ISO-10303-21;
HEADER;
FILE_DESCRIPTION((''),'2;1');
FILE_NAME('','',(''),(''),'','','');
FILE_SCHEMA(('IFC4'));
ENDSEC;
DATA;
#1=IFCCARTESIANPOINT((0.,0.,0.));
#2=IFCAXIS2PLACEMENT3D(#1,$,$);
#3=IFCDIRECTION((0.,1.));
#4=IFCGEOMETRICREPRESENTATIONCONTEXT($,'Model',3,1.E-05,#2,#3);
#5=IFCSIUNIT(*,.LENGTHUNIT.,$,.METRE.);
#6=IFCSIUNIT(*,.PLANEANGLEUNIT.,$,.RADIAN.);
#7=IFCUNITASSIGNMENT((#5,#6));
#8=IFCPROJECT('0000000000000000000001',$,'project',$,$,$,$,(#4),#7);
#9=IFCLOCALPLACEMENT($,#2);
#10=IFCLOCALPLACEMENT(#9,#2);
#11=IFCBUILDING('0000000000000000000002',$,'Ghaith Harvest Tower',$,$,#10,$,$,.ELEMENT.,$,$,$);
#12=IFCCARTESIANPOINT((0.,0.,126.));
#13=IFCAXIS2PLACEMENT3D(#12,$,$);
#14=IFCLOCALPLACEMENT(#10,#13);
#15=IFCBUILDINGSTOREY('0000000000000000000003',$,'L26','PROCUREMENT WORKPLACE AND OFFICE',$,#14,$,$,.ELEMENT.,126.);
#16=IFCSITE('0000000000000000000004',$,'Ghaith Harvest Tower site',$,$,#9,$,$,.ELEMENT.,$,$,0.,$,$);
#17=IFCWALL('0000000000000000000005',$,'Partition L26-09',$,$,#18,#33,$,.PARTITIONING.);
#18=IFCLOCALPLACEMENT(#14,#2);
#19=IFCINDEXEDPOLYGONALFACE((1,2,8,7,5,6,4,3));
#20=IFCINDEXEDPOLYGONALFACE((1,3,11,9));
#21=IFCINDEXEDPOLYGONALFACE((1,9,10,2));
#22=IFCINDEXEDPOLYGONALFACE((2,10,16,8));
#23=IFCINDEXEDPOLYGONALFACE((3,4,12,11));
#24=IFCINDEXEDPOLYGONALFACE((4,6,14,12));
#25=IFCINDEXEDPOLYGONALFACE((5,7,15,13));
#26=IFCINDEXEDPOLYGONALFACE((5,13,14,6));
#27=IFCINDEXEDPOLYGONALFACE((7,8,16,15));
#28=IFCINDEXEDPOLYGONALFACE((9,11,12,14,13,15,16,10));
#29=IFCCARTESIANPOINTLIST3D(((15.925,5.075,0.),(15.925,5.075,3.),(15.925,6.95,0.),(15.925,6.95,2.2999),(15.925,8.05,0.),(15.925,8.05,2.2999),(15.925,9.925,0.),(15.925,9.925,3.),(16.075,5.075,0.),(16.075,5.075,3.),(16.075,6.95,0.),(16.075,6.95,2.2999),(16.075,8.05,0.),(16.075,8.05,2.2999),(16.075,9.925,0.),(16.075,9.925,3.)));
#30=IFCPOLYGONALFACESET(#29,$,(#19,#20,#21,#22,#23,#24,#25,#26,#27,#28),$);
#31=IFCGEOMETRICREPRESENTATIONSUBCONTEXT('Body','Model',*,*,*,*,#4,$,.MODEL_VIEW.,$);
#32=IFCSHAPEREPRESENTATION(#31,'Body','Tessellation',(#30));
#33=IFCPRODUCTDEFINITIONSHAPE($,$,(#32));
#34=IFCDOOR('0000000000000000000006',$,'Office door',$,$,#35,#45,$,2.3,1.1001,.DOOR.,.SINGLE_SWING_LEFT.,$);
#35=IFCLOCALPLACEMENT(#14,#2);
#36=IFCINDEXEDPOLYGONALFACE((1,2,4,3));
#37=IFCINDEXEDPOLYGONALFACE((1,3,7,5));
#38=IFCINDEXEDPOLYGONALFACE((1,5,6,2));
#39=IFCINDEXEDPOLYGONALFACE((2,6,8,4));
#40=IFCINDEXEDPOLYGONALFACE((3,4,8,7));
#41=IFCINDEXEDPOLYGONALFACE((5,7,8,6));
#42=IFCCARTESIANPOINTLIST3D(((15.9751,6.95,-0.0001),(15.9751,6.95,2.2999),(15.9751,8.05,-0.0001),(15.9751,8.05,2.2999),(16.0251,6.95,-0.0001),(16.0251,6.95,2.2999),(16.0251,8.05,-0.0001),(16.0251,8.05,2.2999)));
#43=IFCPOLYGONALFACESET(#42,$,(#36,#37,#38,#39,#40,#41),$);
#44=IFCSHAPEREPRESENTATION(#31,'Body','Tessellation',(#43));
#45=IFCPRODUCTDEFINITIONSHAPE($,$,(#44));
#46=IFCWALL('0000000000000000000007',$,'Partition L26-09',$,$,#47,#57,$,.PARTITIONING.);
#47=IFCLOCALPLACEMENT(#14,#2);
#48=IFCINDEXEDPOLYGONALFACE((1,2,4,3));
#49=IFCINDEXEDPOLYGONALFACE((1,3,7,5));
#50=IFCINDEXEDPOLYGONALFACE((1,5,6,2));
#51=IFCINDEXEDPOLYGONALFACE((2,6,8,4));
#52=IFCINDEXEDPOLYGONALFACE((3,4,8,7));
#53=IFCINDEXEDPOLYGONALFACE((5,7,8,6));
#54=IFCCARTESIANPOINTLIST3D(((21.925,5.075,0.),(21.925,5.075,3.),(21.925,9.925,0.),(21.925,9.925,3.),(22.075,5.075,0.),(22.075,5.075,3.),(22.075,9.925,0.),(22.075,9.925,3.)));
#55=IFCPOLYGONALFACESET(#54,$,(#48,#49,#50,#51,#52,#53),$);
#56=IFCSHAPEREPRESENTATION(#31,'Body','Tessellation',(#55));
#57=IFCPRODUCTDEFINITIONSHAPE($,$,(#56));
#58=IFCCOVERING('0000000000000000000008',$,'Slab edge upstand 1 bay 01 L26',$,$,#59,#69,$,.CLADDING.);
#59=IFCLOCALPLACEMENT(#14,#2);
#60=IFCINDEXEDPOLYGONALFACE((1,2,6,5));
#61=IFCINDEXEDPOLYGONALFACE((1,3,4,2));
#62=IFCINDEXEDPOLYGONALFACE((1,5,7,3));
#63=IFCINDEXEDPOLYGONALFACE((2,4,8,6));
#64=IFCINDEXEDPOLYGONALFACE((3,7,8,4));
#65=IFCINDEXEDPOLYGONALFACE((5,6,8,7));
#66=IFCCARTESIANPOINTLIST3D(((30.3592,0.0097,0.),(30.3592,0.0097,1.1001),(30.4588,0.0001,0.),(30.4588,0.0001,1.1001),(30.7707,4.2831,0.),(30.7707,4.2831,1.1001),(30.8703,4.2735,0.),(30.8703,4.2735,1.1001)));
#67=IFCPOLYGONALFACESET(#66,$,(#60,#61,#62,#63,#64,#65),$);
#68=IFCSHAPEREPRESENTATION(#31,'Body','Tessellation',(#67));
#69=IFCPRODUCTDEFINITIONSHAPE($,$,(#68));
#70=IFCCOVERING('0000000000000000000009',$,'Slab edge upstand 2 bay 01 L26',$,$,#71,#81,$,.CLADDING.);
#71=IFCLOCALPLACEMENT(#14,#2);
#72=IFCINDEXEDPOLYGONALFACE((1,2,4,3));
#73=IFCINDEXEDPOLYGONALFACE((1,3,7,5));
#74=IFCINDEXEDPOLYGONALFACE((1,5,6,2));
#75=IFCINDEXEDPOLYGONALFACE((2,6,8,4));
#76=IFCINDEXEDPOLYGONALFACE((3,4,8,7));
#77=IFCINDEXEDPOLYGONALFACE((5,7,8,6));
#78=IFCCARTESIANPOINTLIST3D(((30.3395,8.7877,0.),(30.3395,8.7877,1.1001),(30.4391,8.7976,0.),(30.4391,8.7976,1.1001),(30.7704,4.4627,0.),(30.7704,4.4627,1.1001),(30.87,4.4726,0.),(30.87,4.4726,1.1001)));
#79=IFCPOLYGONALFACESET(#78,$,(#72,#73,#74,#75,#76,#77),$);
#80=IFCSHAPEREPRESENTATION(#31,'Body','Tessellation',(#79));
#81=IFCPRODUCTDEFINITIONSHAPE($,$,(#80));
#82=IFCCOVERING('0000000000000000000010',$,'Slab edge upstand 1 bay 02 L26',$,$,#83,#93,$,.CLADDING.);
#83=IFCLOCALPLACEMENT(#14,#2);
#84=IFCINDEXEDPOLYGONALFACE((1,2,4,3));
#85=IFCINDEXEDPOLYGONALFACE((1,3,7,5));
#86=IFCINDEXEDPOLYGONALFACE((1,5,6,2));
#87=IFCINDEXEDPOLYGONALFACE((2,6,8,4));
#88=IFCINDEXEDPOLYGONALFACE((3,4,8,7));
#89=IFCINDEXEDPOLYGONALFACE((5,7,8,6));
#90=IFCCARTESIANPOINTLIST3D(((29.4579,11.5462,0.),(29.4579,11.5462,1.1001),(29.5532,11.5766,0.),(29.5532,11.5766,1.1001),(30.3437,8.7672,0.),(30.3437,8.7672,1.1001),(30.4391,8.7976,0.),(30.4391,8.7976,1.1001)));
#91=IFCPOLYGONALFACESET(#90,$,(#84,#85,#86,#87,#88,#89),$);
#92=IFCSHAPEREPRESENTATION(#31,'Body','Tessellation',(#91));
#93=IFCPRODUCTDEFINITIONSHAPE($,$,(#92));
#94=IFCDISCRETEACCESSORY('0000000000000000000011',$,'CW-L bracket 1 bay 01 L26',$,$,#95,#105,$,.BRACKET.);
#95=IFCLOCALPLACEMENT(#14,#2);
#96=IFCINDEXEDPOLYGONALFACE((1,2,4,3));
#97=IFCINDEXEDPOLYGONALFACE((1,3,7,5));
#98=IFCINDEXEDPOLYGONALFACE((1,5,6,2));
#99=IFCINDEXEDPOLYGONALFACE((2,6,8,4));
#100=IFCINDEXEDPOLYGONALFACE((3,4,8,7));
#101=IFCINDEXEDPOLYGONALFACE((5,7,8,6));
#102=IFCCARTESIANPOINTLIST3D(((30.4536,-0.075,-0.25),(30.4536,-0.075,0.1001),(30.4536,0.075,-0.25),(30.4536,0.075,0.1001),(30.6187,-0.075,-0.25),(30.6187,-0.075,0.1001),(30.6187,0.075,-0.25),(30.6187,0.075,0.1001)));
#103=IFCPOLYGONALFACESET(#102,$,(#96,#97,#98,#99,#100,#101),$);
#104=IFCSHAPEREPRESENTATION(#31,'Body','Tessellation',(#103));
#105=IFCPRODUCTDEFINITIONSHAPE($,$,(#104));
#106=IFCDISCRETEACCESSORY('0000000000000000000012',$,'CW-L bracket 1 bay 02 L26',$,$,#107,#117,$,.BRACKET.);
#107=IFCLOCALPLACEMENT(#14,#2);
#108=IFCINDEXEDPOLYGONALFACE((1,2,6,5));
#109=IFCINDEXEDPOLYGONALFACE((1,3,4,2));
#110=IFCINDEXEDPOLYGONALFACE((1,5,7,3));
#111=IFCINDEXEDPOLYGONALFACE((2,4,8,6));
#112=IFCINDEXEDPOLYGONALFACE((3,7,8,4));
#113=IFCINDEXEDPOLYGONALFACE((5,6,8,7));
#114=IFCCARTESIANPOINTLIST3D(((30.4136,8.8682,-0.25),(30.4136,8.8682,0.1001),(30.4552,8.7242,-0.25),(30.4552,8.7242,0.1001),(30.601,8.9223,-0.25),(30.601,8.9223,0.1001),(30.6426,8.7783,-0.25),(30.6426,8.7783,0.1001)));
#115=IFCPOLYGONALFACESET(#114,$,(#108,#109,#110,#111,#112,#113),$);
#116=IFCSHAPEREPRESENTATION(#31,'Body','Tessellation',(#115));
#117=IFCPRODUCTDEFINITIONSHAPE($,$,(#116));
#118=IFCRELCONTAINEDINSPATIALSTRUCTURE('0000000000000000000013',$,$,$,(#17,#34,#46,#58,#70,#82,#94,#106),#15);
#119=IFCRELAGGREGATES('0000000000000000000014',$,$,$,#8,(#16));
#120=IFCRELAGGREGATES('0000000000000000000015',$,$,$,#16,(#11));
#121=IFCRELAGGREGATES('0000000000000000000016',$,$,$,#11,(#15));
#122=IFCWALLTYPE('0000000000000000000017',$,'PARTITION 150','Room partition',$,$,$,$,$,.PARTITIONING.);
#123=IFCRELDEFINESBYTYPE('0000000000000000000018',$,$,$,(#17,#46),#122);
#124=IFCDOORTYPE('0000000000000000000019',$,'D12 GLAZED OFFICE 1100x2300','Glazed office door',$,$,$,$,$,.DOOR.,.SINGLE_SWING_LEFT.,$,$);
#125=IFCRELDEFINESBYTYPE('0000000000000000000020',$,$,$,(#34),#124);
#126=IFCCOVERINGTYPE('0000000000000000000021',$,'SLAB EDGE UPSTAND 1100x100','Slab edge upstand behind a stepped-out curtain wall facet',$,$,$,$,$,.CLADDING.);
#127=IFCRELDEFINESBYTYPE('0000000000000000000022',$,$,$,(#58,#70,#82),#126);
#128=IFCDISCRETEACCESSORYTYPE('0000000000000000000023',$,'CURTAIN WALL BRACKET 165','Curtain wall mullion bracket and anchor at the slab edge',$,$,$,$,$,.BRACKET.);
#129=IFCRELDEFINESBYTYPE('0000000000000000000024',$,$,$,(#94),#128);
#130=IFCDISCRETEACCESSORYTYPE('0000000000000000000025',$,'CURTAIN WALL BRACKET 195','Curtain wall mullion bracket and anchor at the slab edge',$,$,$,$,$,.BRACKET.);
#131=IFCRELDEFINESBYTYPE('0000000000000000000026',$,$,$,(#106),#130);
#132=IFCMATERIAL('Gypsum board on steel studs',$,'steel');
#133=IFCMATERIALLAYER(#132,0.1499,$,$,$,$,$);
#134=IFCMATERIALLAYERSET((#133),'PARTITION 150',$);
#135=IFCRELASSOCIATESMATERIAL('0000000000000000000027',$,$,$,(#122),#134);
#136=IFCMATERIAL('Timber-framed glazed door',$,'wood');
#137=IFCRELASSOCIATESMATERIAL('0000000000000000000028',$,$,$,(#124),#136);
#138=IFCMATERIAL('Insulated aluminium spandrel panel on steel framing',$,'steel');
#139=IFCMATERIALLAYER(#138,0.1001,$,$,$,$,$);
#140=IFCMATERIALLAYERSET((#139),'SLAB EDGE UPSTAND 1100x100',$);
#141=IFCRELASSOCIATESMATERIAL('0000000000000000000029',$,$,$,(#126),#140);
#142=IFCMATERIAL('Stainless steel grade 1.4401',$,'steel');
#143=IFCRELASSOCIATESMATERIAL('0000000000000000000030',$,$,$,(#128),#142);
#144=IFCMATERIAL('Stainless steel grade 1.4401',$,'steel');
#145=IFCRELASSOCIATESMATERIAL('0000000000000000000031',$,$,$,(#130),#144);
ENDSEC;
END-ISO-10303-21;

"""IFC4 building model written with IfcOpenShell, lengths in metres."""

from ifc_helpers import new_model, si_unit, direction, frame, frame_2d, origin, origin_2d, place, context, subcontext, project, spatial, rectangle, extrude, material, layer, layer_set, type_object, element, fill, save


model = new_model("IFC4")

# Units and contexts
model_context = context("Model", 3, precision=1e-05, world=origin(), true_north=direction((0.0, 1.0)))
body_context = subcontext(model_context, "Body", "Model", "MODEL_VIEW")
ifc_project = project(units=[si_unit("LENGTHUNIT", "METRE"), si_unit("PLANEANGLEUNIT", "RADIAN")], contexts=[model_context])

# Site, building, storey
site_placement = place(None, origin())
site = spatial("IfcSite", under=ifc_project, at=site_placement, Name="Ghaith Harvest Tower site", CompositionType="ELEMENT", RefElevation=0.0)
building_placement = place(site_placement, origin())
building = spatial("IfcBuilding", under=site, at=building_placement, Name="Ghaith Harvest Tower", CompositionType="ELEMENT")
storey_placement = place(building_placement, frame((0.0, 0.0, 126.0)))
storey = spatial("IfcBuildingStorey", under=building, at=storey_placement, Name="L26", Description="PROCUREMENT WORKPLACE AND OFFICE", CompositionType="ELEMENT", Elevation=126.0)

# Shared definitions
ifc_material_1 = material(Name="Gypsum board on steel studs", Category="steel")
ifc_layer_1 = layer(ifc_material_1, 0.1499)
ifc_layer_set_1 = layer_set([ifc_layer_1], Name="PARTITION 150")
wall_type_1 = type_object("IfcWallType", Name="PARTITION 150", Description="Room partition", PredefinedType="PARTITIONING", material=ifc_layer_set_1)

# Shared definitions
ifc_material_2 = material(Name="Timber-framed glazed door", Category="wood")
door_type = type_object("IfcDoorType", Name="D12 GLAZED OFFICE 1100x2300", Description="Glazed office door", OperationType="SINGLE_SWING_LEFT", PredefinedType="DOOR", material=ifc_material_2)

# Wall, opening, door
wall_1_placement = place(storey_placement, frame((16.0, 5.075, 0.0), z_axis=(0.0, 0.0, 1.0), x_axis=(0.0, 1.0, 0.0)))
wall_1 = element("IfcWall", 1, at=wall_1_placement, inside=storey, type_object=wall_type_1, Name="Partition L26-09", PredefinedType="PARTITIONING", context=body_context, shape_type="SweptSolid", body=[
    extrude(rectangle(XDim=4.8501, YDim=0.1499, at=frame_2d((2.425, 0.0))), origin(), (0.0, 0.0, 1.0), 3.0),
])
opening_1_placement = place(wall_1_placement, frame((1.875, 0.0, 0.0)))
opening_1 = element("IfcOpeningElement", 2, at=opening_1_placement, cuts=wall_1, PredefinedType="OPENING", context=body_context, shape_type="SweptSolid", body=[
    extrude(rectangle(XDim=1.1001, YDim=2.3, at=frame_2d((0.55, 1.1499))), frame((0.0, 0.085, 0.0), z_axis=(0.0, -1.0, 0.0), x_axis=(1.0, 0.0, 0.0)), (0.0, 0.0, 1.0), 0.1699),
])
door_1_placement = place(opening_1_placement, origin())
door_1 = element("IfcDoor", 3, at=door_1_placement, inside=storey, type_object=door_type, Name="Office door", OperationType="SINGLE_SWING_LEFT", OverallHeight=2.3, OverallWidth=1.1001, PredefinedType="DOOR", context=body_context, shape_type="SweptSolid", body=[
    extrude(rectangle(XDim=1.1001, YDim=2.3, at=frame_2d((0.55, 1.1499))), frame((0.0, 0.0249, 0.0), z_axis=(0.0, -1.0, 0.0), x_axis=(1.0, 0.0, 0.0)), (0.0, 0.0, 1.0), 0.05),
])
fill(opening_1, door_1)

# Wall
wall_2_placement = place(storey_placement, frame((22.0, 5.075, 0.0), z_axis=(0.0, 0.0, 1.0), x_axis=(0.0, 1.0, 0.0)))
element("IfcWall", 4, at=wall_2_placement, inside=storey, type_object=wall_type_1, Name="Partition L26-09", PredefinedType="PARTITIONING", context=body_context, shape_type="SweptSolid", body=[
    extrude(rectangle(XDim=4.8501, YDim=0.1499, at=frame_2d((2.425, 0.0))), origin(), (0.0, 0.0, 1.0), 3.0),
])

# Coverings
ifc_material_3 = material(Name="Insulated aluminium spandrel panel on steel framing", Category="steel")
ifc_layer_2 = layer(ifc_material_3, 0.1001)
ifc_layer_set_2 = layer_set([ifc_layer_2], Name="SLAB EDGE UPSTAND 1100x100")
covering_type = type_object("IfcCoveringType", Name="SLAB EDGE UPSTAND 1100x100", Description="Slab edge upstand behind a stepped-out curtain wall facet", PredefinedType="CLADDING", material=ifc_layer_set_2)
covering_1_placement = place(storey_placement, frame((30.6147, 2.1416, 0.0), z_axis=(0.0, 0.0, 1.0), x_axis=(0.095861, 0.995395, 0.0)))
element("IfcCovering", 5, at=covering_1_placement, inside=storey, type_object=covering_type, Name="Slab edge upstand 1 bay 01 L26", PredefinedType="CLADDING", context=body_context, shape_type="SweptSolid", body=[
    extrude(rectangle(XDim=4.2932, YDim=0.1001, at=origin_2d()), origin(), (0.0, 0.0, 1.0), 1.1001),
])
covering_2_placement = place(storey_placement, frame((30.6047, 6.6301, 0.0), z_axis=(0.0, 0.0, 1.0), x_axis=(-0.099132, 0.995074, 0.0)))
element("IfcCovering", 6, at=covering_2_placement, inside=storey, type_object=covering_type, Name="Slab edge upstand 2 bay 01 L26", PredefinedType="CLADDING", context=body_context, shape_type="SweptSolid", body=[
    extrude(rectangle(XDim=4.3464, YDim=0.1001, at=origin_2d()), origin(), (0.0, 0.0, 1.0), 1.1001),
])
covering_3_placement = place(storey_placement, frame((29.9485, 10.1719, 0.0), z_axis=(0.0, 0.0, 1.0), x_axis=(-0.303717, 0.952762, 0.0)))
element("IfcCovering", 7, at=covering_3_placement, inside=storey, type_object=covering_type, Name="Slab edge upstand 1 bay 02 L26", PredefinedType="CLADDING", context=body_context, shape_type="SweptSolid", body=[
    extrude(rectangle(XDim=2.9167, YDim=0.1001, at=origin_2d()), origin(), (0.0, 0.0, 1.0), 1.1001),
])

# Discrete accessories
ifc_material_4 = material(Name="Stainless steel grade 1.4401", Category="steel")
discrete_accessory_type_1 = type_object("IfcDiscreteAccessoryType", Name="CURTAIN WALL BRACKET 165", Description="Curtain wall mullion bracket and anchor at the slab edge", PredefinedType="BRACKET", material=ifc_material_4)
discrete_accessory_1_placement = place(storey_placement, frame((30.5361, 0.0, -0.25), z_axis=(0.0, 0.0, 1.0), x_axis=(1.0, 0.0, 0.0)))
element("IfcDiscreteAccessory", 8, at=discrete_accessory_1_placement, inside=storey, type_object=discrete_accessory_type_1, Name="CW-L bracket 1 bay 01 L26", PredefinedType="BRACKET", context=body_context, shape_type="SweptSolid", body=[
    extrude(rectangle(XDim=0.165, YDim=0.1499, at=origin_2d()), origin(), (0.0, 0.0, 1.0), 0.3501),
])
ifc_material_5 = material(Name="Stainless steel grade 1.4401", Category="steel")
discrete_accessory_type_2 = type_object("IfcDiscreteAccessoryType", Name="CURTAIN WALL BRACKET 195", Description="Curtain wall mullion bracket and anchor at the slab edge", PredefinedType="BRACKET", material=ifc_material_5)
discrete_accessory_2_placement = place(storey_placement, frame((30.5281, 8.8232, -0.25), z_axis=(0.0, 0.0, 1.0), x_axis=(0.96068, 0.277657, 0.0)))
element("IfcDiscreteAccessory", 9, at=discrete_accessory_2_placement, inside=storey, type_object=discrete_accessory_type_2, Name="CW-L bracket 1 bay 02 L26", PredefinedType="BRACKET", context=body_context, shape_type="SweptSolid", body=[
    extrude(rectangle(XDim=0.1951, YDim=0.1499, at=origin_2d()), origin(), (0.0, 0.0, 1.0), 0.3501),
])

save(model, "model.ifc")
